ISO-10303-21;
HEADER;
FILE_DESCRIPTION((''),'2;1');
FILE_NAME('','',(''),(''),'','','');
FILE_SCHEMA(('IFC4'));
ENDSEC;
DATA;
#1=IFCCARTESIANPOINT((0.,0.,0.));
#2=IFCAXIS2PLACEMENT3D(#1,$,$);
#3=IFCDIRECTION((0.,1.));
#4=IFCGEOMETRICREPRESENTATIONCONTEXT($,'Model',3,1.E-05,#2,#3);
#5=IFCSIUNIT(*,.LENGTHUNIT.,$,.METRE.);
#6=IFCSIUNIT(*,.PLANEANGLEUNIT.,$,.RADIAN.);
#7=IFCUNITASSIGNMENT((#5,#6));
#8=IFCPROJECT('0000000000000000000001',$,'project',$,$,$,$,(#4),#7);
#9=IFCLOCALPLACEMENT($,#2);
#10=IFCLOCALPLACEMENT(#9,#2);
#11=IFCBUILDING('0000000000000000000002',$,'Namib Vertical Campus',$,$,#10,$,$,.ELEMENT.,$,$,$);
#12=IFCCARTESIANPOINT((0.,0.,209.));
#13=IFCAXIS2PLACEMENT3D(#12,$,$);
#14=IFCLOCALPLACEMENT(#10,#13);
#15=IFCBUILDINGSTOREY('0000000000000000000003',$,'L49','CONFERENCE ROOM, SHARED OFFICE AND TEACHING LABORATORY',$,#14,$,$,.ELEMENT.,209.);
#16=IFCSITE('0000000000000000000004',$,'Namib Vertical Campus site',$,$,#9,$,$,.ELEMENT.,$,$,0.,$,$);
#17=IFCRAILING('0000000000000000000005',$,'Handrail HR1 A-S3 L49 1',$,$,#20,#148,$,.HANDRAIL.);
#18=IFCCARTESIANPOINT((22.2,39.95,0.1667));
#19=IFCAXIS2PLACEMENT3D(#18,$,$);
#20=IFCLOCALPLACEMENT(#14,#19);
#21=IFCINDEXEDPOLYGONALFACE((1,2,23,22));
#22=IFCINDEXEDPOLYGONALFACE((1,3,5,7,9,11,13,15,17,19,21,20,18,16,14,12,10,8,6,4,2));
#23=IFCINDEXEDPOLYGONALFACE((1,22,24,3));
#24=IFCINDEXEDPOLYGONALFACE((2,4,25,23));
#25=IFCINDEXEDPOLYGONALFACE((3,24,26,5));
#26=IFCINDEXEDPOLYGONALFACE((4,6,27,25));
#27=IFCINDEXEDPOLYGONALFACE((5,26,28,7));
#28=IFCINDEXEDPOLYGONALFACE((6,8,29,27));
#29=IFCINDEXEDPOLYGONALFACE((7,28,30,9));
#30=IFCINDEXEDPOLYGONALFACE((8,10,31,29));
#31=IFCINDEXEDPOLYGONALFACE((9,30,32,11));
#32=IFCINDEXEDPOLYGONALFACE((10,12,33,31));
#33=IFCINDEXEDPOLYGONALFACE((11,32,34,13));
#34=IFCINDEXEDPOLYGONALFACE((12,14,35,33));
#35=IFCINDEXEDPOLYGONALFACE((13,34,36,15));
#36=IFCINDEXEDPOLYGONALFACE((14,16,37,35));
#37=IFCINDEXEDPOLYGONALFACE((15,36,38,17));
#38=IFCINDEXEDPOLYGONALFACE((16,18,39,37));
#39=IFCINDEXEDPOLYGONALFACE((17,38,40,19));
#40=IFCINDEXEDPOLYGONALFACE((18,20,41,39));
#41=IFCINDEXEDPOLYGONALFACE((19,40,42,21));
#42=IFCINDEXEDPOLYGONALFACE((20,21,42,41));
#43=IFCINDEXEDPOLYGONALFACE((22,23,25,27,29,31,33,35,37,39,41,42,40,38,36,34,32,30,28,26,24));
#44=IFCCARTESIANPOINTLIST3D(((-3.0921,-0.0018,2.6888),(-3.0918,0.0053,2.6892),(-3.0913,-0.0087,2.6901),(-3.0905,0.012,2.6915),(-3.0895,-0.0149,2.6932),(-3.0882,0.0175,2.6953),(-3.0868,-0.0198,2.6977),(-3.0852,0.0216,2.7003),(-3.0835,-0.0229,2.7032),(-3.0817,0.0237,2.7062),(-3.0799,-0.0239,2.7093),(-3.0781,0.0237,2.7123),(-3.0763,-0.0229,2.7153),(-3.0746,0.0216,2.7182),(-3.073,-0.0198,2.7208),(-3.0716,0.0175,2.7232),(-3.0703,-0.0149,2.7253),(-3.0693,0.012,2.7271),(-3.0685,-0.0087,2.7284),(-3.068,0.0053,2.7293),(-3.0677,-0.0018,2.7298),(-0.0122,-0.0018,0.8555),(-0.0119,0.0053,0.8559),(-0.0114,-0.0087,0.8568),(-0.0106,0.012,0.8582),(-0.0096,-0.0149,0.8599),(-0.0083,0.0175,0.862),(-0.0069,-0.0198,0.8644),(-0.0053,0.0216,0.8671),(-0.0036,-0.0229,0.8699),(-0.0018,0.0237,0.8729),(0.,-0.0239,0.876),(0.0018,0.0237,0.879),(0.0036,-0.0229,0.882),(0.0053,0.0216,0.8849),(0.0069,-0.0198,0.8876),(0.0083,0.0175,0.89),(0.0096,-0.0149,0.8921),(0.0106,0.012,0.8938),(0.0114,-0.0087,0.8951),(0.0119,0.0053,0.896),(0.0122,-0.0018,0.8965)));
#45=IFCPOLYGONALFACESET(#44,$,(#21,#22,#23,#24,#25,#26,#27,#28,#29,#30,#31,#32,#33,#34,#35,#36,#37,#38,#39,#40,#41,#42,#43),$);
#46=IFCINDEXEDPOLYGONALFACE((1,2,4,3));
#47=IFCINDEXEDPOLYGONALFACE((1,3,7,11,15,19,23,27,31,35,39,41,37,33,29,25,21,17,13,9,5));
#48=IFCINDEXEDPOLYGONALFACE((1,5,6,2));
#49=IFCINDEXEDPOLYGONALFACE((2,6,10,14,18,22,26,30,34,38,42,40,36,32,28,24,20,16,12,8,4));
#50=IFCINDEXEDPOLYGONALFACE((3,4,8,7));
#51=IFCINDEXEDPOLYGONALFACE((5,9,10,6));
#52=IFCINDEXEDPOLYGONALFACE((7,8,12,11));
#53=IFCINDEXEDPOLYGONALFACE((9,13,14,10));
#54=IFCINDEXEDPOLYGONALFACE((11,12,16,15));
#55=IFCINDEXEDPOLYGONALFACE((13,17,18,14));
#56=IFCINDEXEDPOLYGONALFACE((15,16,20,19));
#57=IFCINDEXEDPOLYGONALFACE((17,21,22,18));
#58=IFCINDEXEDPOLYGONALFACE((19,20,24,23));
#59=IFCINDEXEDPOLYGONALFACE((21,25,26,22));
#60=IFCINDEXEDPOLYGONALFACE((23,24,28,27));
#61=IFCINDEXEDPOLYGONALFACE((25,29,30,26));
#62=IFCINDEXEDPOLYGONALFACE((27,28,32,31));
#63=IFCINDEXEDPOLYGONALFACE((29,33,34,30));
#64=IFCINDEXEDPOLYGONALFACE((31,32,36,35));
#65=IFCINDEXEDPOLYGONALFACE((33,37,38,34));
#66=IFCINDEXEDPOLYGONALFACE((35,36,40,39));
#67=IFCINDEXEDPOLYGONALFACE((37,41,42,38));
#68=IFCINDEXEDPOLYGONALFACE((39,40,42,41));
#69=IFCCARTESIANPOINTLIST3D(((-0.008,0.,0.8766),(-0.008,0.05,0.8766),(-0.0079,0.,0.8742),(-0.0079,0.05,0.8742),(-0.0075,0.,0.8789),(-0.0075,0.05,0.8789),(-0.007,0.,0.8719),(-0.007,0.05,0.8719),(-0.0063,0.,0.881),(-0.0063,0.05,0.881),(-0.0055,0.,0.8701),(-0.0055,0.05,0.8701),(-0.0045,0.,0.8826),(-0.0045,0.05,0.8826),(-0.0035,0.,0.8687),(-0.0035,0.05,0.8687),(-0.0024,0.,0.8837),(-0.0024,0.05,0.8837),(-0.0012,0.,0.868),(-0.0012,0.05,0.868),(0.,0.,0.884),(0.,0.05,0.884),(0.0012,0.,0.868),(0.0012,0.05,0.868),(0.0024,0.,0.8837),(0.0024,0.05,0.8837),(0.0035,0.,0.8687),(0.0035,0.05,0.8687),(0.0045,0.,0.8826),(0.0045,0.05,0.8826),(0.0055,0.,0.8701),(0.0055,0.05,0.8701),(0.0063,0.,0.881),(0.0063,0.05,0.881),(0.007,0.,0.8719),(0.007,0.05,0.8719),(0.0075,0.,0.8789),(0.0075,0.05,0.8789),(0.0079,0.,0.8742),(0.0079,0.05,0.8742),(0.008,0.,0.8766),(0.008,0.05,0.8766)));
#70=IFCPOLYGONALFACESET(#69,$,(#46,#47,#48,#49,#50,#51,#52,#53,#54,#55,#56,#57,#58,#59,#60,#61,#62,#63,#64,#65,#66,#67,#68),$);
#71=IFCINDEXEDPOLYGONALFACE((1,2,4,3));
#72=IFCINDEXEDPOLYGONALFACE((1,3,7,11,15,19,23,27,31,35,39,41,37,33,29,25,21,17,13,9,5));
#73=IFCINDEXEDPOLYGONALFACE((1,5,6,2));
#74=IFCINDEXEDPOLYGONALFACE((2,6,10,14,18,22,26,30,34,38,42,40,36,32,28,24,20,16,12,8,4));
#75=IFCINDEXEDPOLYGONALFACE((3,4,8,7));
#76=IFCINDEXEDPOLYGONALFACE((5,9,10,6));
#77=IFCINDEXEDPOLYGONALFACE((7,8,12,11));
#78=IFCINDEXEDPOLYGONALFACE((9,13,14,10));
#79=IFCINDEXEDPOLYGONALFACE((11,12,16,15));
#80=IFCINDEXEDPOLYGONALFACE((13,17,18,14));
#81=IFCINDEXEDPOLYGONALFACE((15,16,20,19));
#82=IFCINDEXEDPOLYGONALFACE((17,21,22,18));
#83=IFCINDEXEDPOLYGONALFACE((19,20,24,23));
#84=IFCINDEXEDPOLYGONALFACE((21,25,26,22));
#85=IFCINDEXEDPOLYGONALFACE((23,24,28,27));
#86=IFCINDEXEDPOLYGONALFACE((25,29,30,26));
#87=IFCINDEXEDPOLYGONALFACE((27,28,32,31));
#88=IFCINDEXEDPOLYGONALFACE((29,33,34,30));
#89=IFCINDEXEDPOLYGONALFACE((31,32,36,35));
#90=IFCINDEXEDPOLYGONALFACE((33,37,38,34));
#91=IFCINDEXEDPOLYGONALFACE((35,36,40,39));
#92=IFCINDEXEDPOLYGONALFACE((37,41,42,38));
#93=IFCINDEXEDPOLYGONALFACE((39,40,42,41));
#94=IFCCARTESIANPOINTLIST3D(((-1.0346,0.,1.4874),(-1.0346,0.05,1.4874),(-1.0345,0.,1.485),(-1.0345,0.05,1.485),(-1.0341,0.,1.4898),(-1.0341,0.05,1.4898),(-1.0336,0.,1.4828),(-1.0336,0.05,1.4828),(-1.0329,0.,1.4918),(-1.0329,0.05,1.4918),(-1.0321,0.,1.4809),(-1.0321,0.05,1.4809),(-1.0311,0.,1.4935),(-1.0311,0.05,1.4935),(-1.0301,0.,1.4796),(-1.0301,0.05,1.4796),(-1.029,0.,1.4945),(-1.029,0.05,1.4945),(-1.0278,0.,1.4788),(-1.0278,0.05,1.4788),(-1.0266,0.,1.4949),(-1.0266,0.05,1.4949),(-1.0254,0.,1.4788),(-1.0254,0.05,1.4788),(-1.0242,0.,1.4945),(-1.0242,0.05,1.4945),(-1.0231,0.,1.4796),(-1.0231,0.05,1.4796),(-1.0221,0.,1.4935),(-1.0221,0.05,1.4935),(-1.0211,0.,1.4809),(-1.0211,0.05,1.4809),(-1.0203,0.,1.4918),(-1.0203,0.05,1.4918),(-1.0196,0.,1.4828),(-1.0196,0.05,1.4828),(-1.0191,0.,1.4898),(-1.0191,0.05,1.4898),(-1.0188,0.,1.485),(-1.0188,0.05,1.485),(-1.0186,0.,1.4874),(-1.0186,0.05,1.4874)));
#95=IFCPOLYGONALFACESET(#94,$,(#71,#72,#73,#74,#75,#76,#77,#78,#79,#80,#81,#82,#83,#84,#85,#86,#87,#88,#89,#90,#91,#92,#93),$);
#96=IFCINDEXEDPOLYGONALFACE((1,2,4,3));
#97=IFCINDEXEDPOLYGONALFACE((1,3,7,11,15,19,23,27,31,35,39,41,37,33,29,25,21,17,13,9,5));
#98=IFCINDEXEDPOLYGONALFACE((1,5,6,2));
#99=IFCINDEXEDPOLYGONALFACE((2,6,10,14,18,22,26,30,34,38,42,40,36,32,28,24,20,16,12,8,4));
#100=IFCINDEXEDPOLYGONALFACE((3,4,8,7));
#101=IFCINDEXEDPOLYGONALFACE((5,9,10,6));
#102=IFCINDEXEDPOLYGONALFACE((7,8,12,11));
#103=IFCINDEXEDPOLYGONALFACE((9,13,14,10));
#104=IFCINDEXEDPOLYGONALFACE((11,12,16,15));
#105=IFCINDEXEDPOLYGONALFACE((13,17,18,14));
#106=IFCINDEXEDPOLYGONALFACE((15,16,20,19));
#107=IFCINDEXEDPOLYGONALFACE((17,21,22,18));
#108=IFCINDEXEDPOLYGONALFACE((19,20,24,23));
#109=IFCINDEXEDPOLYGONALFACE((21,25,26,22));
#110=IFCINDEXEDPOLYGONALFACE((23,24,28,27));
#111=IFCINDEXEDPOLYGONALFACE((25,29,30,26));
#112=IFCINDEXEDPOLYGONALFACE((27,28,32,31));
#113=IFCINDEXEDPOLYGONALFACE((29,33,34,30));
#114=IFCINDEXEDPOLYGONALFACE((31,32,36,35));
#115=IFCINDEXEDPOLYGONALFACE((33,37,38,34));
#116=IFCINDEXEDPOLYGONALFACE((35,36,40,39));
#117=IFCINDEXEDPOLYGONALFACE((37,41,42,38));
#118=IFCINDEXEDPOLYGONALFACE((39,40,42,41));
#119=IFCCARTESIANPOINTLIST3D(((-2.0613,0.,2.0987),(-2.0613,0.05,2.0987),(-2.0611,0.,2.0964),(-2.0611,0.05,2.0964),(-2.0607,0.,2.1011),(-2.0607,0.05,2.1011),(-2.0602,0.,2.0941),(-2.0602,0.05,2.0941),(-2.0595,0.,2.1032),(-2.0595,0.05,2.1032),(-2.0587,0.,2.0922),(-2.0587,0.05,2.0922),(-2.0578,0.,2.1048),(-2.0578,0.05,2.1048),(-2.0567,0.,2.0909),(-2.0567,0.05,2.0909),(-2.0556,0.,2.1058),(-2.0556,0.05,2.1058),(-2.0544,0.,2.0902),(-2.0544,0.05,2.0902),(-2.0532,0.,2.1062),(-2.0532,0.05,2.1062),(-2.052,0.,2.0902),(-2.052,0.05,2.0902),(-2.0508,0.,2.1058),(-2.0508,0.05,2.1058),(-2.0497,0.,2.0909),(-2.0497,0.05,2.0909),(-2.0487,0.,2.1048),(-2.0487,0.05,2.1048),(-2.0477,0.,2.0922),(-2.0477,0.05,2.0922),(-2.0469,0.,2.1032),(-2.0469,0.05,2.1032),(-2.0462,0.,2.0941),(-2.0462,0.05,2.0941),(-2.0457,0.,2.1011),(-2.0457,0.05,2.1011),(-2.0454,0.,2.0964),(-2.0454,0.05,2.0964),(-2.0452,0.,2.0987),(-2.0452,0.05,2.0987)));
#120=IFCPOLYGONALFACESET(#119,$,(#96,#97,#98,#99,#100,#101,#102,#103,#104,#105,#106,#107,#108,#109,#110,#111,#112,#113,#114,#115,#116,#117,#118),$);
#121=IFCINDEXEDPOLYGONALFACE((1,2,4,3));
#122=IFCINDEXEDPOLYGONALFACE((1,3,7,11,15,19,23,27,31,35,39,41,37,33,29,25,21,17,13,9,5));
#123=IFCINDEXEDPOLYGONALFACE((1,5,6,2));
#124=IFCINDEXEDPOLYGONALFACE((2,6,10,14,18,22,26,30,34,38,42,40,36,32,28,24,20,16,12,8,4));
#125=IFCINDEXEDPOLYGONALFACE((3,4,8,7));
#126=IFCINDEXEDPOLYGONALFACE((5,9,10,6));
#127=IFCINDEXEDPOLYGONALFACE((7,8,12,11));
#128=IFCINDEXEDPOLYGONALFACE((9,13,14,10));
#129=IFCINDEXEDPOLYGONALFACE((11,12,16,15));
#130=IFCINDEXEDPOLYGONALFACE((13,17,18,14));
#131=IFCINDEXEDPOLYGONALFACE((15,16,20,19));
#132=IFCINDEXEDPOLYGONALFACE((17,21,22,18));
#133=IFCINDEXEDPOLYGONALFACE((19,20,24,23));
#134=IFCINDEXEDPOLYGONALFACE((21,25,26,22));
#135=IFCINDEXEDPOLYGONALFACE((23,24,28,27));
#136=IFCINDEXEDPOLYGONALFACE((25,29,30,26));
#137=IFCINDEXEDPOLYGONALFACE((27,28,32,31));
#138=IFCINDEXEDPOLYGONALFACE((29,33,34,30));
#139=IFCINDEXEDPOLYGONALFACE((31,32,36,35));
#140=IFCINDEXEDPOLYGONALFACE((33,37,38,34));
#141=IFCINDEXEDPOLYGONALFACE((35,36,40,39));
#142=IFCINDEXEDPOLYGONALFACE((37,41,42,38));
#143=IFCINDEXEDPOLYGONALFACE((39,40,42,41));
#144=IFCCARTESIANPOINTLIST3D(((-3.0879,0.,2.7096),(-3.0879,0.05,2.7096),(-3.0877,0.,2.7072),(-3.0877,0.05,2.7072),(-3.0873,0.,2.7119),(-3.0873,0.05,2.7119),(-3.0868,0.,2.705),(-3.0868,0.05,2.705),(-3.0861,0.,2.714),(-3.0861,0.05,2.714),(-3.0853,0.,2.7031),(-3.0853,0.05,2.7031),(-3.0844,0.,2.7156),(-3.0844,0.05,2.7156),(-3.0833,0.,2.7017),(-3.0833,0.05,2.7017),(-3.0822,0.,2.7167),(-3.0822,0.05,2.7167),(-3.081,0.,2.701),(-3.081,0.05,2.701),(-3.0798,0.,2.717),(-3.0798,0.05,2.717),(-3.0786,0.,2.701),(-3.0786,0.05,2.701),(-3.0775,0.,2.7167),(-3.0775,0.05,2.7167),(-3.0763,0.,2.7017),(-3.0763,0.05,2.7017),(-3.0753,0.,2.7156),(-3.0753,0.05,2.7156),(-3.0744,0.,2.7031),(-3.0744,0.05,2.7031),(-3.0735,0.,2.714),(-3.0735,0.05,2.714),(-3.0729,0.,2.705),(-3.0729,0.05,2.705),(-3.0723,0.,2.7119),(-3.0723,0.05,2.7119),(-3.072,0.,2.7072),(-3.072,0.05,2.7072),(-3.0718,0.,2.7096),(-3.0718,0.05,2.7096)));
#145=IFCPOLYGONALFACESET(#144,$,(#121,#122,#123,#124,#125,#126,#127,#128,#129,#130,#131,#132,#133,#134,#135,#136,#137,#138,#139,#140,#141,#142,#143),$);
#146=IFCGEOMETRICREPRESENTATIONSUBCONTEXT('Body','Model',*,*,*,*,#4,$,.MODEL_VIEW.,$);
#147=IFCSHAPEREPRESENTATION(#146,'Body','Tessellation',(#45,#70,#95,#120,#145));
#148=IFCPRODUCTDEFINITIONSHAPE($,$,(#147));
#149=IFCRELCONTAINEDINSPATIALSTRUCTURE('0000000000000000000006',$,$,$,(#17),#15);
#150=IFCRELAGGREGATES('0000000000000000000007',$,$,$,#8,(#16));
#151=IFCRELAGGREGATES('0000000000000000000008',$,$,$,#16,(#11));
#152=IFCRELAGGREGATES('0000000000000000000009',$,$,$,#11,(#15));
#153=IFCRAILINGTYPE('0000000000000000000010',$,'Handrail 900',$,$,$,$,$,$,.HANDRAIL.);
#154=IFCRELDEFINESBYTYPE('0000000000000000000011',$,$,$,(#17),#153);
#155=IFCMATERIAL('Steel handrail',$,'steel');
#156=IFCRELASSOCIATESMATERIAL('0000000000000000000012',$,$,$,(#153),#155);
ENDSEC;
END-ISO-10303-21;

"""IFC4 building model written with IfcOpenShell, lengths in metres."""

from ifc_helpers import new_model, si_unit, direction, frame, origin, origin_2d, place, context, subcontext, project, spatial, circle, extrude, material, type_object, element, save


model = new_model("IFC4")

# Units and contexts
model_context = context("Model", 3, precision=1e-05, world=origin(), true_north=direction((0.0, 1.0)))
body_context = subcontext(model_context, "Body", "Model", "MODEL_VIEW")
ifc_project = project(units=[si_unit("LENGTHUNIT", "METRE"), si_unit("PLANEANGLEUNIT", "RADIAN")], contexts=[model_context])

# Site, building, storey
site_placement = place(None, origin())
site = spatial("IfcSite", under=ifc_project, at=site_placement, Name="Namib Vertical Campus site", CompositionType="ELEMENT", RefElevation=0.0)
building_placement = place(site_placement, origin())
building = spatial("IfcBuilding", under=site, at=building_placement, Name="Namib Vertical Campus", CompositionType="ELEMENT")
storey_placement = place(building_placement, frame((0.0, 0.0, 209.0)))
storey = spatial("IfcBuildingStorey", under=building, at=storey_placement, Name="L49", Description="CONFERENCE ROOM, SHARED OFFICE AND TEACHING LABORATORY", CompositionType="ELEMENT", Elevation=209.0)

# Railing
ifc_material_1 = material(Name="Steel handrail", Category="steel")
railing_type_1 = type_object("IfcRailingType", Name="Handrail 900", PredefinedType="HANDRAIL", material=ifc_material_1)
railing_1_placement = place(storey_placement, frame((22.2, 39.95, 0.1667)))
element("IfcRailing", 1, at=railing_1_placement, inside=storey, type_object=railing_type_1, Name="Handrail HR1 A-S3 L49 1", PredefinedType="HANDRAIL", context=body_context, shape_type="SweptSolid", body=[
    extrude(circle(Radius=0.0239, at=origin_2d()), frame((0.0, 0.0, 0.876), z_axis=(-0.859291, 0.0, 0.511487), x_axis=(0.0, -1.0, 0.0)), (0.0, 0.0, 1.0), 3.5842),
    extrude(circle(Radius=0.0081, at=origin_2d()), frame((0.0, 0.0, 0.876), z_axis=(0.0, 1.0, 0.0), x_axis=(0.0, 0.0, 1.0)), (0.0, 0.0, 1.0), 0.05),
    extrude(circle(Radius=0.0081, at=origin_2d()), frame((-1.0266, 0.0, 1.4868), z_axis=(0.0, 1.0, 0.0), x_axis=(0.0, 0.0, 1.0)), (0.0, 0.0, 1.0), 0.05),
    extrude(circle(Radius=0.0081, at=origin_2d()), frame((-2.0532, 0.0, 2.0981), z_axis=(0.0, 1.0, 0.0), x_axis=(0.0, 0.0, 1.0)), (0.0, 0.0, 1.0), 0.05),
    extrude(circle(Radius=0.0081, at=origin_2d()), frame((-3.0798, 0.0, 2.709), z_axis=(0.0, 1.0, 0.0), x_axis=(0.0, 0.0, 1.0)), (0.0, 0.0, 1.0), 0.05),
])

save(model, "model.ifc")
